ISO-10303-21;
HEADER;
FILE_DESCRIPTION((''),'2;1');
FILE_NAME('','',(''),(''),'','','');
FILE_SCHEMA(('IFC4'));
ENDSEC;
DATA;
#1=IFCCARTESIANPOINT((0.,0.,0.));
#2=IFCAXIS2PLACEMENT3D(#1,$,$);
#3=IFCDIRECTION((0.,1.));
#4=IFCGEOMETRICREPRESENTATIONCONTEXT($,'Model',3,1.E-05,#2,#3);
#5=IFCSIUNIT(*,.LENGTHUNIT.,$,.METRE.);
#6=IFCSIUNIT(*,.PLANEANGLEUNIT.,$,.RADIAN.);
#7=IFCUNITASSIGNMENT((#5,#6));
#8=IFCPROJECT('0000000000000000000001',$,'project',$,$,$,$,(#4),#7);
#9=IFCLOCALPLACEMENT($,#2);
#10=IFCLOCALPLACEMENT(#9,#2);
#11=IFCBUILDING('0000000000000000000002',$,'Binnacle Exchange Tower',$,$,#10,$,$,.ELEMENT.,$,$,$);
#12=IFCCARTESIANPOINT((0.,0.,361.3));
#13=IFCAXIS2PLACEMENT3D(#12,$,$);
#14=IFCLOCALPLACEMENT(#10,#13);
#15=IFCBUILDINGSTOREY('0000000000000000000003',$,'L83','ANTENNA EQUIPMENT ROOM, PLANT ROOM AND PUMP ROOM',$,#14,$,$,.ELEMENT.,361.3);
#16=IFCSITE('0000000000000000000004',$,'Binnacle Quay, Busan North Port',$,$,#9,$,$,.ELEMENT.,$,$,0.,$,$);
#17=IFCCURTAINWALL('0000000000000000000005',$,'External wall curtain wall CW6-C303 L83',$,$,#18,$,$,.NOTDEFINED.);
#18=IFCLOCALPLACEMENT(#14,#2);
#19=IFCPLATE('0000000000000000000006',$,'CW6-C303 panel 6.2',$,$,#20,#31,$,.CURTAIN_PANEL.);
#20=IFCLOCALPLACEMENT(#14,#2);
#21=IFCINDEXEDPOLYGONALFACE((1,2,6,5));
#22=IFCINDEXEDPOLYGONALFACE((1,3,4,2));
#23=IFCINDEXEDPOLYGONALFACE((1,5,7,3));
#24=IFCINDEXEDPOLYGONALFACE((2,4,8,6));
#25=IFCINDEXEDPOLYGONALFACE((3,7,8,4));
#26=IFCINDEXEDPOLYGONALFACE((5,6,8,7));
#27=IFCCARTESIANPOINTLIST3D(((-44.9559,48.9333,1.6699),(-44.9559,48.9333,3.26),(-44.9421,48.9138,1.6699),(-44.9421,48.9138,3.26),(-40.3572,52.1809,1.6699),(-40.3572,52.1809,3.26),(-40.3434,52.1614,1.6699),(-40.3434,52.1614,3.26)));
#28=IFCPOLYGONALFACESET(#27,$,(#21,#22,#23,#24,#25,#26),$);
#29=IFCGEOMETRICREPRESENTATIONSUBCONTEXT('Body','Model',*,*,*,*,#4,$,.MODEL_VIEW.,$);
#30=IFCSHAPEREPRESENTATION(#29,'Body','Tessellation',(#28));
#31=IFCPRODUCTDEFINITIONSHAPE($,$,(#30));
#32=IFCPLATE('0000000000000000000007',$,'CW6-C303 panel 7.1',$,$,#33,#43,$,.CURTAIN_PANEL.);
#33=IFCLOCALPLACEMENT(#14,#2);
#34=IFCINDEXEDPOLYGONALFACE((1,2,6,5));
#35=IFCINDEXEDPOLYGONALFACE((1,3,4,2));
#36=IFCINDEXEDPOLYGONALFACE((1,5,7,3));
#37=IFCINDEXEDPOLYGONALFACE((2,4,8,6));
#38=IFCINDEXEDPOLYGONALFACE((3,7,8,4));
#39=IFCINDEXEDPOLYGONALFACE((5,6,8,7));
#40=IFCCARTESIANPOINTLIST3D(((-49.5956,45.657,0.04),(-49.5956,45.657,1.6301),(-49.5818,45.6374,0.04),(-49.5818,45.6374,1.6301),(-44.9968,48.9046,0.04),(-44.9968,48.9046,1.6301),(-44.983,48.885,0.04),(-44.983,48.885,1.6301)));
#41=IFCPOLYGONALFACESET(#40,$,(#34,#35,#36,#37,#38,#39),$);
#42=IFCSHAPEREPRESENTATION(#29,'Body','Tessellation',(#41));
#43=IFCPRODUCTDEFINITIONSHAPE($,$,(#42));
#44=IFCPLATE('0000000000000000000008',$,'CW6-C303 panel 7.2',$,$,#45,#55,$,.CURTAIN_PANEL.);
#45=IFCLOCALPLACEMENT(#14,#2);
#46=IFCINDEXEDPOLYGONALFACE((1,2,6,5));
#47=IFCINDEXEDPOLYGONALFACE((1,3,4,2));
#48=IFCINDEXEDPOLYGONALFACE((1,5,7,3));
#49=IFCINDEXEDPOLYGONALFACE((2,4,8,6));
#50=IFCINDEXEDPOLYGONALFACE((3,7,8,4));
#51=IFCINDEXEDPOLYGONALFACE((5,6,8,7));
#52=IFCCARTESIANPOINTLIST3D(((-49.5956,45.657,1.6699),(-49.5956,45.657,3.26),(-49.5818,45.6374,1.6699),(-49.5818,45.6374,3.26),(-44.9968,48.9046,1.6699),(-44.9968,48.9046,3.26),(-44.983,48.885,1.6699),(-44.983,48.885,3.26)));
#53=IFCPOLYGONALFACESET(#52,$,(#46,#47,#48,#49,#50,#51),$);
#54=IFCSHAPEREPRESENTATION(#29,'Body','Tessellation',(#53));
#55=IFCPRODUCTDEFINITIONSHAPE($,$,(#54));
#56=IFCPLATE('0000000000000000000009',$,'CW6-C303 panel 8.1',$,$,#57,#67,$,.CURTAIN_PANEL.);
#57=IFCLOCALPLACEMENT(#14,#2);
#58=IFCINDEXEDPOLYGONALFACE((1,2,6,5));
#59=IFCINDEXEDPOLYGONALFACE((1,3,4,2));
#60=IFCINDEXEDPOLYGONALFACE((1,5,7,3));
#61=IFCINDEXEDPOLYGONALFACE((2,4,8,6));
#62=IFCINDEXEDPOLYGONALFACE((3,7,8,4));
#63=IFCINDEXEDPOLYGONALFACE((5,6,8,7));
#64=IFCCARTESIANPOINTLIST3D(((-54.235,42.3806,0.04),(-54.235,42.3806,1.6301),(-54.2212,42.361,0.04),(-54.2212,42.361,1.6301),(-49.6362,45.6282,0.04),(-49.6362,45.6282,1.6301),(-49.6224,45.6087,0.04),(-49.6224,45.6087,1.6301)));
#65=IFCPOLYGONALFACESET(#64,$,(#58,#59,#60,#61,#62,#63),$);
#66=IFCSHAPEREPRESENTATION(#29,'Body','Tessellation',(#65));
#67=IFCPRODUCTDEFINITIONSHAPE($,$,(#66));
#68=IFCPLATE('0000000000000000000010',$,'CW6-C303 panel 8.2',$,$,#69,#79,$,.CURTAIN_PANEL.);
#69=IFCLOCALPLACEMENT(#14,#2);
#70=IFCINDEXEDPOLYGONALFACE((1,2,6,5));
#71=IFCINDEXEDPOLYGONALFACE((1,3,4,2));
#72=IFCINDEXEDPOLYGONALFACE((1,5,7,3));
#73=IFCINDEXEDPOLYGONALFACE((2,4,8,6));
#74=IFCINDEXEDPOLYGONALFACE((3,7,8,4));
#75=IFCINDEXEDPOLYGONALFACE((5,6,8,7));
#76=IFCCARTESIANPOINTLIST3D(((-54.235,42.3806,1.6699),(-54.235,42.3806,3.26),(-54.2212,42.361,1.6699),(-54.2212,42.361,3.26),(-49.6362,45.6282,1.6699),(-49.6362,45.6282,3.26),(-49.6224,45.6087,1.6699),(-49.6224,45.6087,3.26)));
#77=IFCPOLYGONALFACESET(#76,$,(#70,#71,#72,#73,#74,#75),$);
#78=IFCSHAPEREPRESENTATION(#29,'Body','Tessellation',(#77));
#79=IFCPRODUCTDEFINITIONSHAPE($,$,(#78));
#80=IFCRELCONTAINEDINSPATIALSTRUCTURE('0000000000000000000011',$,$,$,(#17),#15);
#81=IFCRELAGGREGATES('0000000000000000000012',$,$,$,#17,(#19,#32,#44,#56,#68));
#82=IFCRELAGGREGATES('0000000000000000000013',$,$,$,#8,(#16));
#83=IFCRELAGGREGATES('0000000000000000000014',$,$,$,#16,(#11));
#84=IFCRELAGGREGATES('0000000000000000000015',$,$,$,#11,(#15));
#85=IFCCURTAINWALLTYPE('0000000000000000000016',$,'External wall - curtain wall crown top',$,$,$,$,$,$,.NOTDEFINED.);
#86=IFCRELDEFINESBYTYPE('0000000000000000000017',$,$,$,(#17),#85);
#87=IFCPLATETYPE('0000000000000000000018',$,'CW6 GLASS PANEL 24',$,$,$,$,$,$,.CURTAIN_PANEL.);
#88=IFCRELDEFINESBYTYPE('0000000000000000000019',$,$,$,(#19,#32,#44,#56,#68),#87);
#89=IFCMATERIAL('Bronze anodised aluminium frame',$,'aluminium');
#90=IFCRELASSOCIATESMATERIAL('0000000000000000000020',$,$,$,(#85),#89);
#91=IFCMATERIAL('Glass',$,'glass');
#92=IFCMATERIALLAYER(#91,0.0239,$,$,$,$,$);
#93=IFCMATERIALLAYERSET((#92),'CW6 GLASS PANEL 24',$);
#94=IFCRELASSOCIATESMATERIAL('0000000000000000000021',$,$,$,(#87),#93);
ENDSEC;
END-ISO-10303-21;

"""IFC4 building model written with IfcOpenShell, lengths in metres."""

from ifc_helpers import new_model, si_unit, direction, frame, origin, origin_2d, place, context, subcontext, project, spatial, rectangle, extrude, material, layer, layer_set, type_object, element, aggregate, save


model = new_model("IFC4")

# Units and contexts
model_context = context("Model", 3, precision=1e-05, world=origin(), true_north=direction((0.0, 1.0)))
body_context = subcontext(model_context, "Body", "Model", "MODEL_VIEW")
ifc_project = project(units=[si_unit("LENGTHUNIT", "METRE"), si_unit("PLANEANGLEUNIT", "RADIAN")], contexts=[model_context])

# Site, building, storey
site_placement = place(None, origin())
site = spatial("IfcSite", under=ifc_project, at=site_placement, Name="Binnacle Quay, Busan North Port", CompositionType="ELEMENT", RefElevation=0.0)
building_placement = place(site_placement, origin())
building = spatial("IfcBuilding", under=site, at=building_placement, Name="Binnacle Exchange Tower", CompositionType="ELEMENT")
storey_placement = place(building_placement, frame((0.0, 0.0, 361.3)))
storey = spatial("IfcBuildingStorey", under=building, at=storey_placement, Name="L83", Description="ANTENNA EQUIPMENT ROOM, PLANT ROOM AND PUMP ROOM", CompositionType="ELEMENT", Elevation=361.3)

# Curtain wall
ifc_material_1 = material(Name="Bronze anodised aluminium frame", Category="aluminium")
curtain_wall_type = type_object("IfcCurtainWallType", Name="External wall - curtain wall crown top", PredefinedType="NOTDEFINED", material=ifc_material_1)
curtain_wall_placement = place(storey_placement, origin())
curtain_wall = element("IfcCurtainWall", 1, at=curtain_wall_placement, inside=storey, type_object=curtain_wall_type, Name="External wall curtain wall CW6-C303 L83", PredefinedType="NOTDEFINED")

# Plates
ifc_material_2 = material(Name="Glass", Category="glass")
ifc_layer = layer(ifc_material_2, 0.0239)
ifc_layer_set = layer_set([ifc_layer], Name="CW6 GLASS PANEL 24")
plate_type = type_object("IfcPlateType", Name="CW6 GLASS PANEL 24", PredefinedType="CURTAIN_PANEL", material=ifc_layer_set)
plate_1_placement = place(storey_placement, frame((-42.6497, 50.5474, 1.6699), z_axis=(0.0, 0.0, 1.0), x_axis=(-0.816847, -0.576854, 0.0)))
plate_1 = element("IfcPlate", 2, at=plate_1_placement, type_object=plate_type, Name="CW6-C303 panel 6.2", PredefinedType="CURTAIN_PANEL", context=body_context, shape_type="SweptSolid", body=[
    extrude(rectangle(XDim=5.6299, YDim=0.0239, at=origin_2d()), origin(), (0.0, 0.0, 1.0), 1.5901),
])
plate_2_placement = place(storey_placement, frame((-47.2893, 47.271, 0.04), z_axis=(0.0, 0.0, 1.0), x_axis=(-0.816847, -0.576854, 0.0)))
plate_2 = element("IfcPlate", 3, at=plate_2_placement, type_object=plate_type, Name="CW6-C303 panel 7.1", PredefinedType="CURTAIN_PANEL", context=body_context, shape_type="SweptSolid", body=[
    extrude(rectangle(XDim=5.6299, YDim=0.0239, at=origin_2d()), origin(), (0.0, 0.0, 1.0), 1.5901),
])
plate_3_placement = place(storey_placement, frame((-47.2893, 47.271, 1.6699), z_axis=(0.0, 0.0, 1.0), x_axis=(-0.816847, -0.576854, 0.0)))
plate_3 = element("IfcPlate", 4, at=plate_3_placement, type_object=plate_type, Name="CW6-C303 panel 7.2", PredefinedType="CURTAIN_PANEL", context=body_context, shape_type="SweptSolid", body=[
    extrude(rectangle(XDim=5.6299, YDim=0.0239, at=origin_2d()), origin(), (0.0, 0.0, 1.0), 1.5901),
])
plate_4_placement = place(storey_placement, frame((-51.9287, 43.9946, 0.04), z_axis=(0.0, 0.0, 1.0), x_axis=(-0.816847, -0.576854, 0.0)))
plate_4 = element("IfcPlate", 5, at=plate_4_placement, type_object=plate_type, Name="CW6-C303 panel 8.1", PredefinedType="CURTAIN_PANEL", context=body_context, shape_type="SweptSolid", body=[
    extrude(rectangle(XDim=5.6299, YDim=0.0239, at=origin_2d()), origin(), (0.0, 0.0, 1.0), 1.5901),
])
plate_5_placement = place(storey_placement, frame((-51.9287, 43.9946, 1.6699), z_axis=(0.0, 0.0, 1.0), x_axis=(-0.816847, -0.576854, 0.0)))
plate_5 = element("IfcPlate", 6, at=plate_5_placement, type_object=plate_type, Name="CW6-C303 panel 8.2", PredefinedType="CURTAIN_PANEL", context=body_context, shape_type="SweptSolid", body=[
    extrude(rectangle(XDim=5.6299, YDim=0.0239, at=origin_2d()), origin(), (0.0, 0.0, 1.0), 1.5901),
])
aggregate(curtain_wall, [plate_1, plate_2, plate_3, plate_4, plate_5])

save(model, "model.ifc")
